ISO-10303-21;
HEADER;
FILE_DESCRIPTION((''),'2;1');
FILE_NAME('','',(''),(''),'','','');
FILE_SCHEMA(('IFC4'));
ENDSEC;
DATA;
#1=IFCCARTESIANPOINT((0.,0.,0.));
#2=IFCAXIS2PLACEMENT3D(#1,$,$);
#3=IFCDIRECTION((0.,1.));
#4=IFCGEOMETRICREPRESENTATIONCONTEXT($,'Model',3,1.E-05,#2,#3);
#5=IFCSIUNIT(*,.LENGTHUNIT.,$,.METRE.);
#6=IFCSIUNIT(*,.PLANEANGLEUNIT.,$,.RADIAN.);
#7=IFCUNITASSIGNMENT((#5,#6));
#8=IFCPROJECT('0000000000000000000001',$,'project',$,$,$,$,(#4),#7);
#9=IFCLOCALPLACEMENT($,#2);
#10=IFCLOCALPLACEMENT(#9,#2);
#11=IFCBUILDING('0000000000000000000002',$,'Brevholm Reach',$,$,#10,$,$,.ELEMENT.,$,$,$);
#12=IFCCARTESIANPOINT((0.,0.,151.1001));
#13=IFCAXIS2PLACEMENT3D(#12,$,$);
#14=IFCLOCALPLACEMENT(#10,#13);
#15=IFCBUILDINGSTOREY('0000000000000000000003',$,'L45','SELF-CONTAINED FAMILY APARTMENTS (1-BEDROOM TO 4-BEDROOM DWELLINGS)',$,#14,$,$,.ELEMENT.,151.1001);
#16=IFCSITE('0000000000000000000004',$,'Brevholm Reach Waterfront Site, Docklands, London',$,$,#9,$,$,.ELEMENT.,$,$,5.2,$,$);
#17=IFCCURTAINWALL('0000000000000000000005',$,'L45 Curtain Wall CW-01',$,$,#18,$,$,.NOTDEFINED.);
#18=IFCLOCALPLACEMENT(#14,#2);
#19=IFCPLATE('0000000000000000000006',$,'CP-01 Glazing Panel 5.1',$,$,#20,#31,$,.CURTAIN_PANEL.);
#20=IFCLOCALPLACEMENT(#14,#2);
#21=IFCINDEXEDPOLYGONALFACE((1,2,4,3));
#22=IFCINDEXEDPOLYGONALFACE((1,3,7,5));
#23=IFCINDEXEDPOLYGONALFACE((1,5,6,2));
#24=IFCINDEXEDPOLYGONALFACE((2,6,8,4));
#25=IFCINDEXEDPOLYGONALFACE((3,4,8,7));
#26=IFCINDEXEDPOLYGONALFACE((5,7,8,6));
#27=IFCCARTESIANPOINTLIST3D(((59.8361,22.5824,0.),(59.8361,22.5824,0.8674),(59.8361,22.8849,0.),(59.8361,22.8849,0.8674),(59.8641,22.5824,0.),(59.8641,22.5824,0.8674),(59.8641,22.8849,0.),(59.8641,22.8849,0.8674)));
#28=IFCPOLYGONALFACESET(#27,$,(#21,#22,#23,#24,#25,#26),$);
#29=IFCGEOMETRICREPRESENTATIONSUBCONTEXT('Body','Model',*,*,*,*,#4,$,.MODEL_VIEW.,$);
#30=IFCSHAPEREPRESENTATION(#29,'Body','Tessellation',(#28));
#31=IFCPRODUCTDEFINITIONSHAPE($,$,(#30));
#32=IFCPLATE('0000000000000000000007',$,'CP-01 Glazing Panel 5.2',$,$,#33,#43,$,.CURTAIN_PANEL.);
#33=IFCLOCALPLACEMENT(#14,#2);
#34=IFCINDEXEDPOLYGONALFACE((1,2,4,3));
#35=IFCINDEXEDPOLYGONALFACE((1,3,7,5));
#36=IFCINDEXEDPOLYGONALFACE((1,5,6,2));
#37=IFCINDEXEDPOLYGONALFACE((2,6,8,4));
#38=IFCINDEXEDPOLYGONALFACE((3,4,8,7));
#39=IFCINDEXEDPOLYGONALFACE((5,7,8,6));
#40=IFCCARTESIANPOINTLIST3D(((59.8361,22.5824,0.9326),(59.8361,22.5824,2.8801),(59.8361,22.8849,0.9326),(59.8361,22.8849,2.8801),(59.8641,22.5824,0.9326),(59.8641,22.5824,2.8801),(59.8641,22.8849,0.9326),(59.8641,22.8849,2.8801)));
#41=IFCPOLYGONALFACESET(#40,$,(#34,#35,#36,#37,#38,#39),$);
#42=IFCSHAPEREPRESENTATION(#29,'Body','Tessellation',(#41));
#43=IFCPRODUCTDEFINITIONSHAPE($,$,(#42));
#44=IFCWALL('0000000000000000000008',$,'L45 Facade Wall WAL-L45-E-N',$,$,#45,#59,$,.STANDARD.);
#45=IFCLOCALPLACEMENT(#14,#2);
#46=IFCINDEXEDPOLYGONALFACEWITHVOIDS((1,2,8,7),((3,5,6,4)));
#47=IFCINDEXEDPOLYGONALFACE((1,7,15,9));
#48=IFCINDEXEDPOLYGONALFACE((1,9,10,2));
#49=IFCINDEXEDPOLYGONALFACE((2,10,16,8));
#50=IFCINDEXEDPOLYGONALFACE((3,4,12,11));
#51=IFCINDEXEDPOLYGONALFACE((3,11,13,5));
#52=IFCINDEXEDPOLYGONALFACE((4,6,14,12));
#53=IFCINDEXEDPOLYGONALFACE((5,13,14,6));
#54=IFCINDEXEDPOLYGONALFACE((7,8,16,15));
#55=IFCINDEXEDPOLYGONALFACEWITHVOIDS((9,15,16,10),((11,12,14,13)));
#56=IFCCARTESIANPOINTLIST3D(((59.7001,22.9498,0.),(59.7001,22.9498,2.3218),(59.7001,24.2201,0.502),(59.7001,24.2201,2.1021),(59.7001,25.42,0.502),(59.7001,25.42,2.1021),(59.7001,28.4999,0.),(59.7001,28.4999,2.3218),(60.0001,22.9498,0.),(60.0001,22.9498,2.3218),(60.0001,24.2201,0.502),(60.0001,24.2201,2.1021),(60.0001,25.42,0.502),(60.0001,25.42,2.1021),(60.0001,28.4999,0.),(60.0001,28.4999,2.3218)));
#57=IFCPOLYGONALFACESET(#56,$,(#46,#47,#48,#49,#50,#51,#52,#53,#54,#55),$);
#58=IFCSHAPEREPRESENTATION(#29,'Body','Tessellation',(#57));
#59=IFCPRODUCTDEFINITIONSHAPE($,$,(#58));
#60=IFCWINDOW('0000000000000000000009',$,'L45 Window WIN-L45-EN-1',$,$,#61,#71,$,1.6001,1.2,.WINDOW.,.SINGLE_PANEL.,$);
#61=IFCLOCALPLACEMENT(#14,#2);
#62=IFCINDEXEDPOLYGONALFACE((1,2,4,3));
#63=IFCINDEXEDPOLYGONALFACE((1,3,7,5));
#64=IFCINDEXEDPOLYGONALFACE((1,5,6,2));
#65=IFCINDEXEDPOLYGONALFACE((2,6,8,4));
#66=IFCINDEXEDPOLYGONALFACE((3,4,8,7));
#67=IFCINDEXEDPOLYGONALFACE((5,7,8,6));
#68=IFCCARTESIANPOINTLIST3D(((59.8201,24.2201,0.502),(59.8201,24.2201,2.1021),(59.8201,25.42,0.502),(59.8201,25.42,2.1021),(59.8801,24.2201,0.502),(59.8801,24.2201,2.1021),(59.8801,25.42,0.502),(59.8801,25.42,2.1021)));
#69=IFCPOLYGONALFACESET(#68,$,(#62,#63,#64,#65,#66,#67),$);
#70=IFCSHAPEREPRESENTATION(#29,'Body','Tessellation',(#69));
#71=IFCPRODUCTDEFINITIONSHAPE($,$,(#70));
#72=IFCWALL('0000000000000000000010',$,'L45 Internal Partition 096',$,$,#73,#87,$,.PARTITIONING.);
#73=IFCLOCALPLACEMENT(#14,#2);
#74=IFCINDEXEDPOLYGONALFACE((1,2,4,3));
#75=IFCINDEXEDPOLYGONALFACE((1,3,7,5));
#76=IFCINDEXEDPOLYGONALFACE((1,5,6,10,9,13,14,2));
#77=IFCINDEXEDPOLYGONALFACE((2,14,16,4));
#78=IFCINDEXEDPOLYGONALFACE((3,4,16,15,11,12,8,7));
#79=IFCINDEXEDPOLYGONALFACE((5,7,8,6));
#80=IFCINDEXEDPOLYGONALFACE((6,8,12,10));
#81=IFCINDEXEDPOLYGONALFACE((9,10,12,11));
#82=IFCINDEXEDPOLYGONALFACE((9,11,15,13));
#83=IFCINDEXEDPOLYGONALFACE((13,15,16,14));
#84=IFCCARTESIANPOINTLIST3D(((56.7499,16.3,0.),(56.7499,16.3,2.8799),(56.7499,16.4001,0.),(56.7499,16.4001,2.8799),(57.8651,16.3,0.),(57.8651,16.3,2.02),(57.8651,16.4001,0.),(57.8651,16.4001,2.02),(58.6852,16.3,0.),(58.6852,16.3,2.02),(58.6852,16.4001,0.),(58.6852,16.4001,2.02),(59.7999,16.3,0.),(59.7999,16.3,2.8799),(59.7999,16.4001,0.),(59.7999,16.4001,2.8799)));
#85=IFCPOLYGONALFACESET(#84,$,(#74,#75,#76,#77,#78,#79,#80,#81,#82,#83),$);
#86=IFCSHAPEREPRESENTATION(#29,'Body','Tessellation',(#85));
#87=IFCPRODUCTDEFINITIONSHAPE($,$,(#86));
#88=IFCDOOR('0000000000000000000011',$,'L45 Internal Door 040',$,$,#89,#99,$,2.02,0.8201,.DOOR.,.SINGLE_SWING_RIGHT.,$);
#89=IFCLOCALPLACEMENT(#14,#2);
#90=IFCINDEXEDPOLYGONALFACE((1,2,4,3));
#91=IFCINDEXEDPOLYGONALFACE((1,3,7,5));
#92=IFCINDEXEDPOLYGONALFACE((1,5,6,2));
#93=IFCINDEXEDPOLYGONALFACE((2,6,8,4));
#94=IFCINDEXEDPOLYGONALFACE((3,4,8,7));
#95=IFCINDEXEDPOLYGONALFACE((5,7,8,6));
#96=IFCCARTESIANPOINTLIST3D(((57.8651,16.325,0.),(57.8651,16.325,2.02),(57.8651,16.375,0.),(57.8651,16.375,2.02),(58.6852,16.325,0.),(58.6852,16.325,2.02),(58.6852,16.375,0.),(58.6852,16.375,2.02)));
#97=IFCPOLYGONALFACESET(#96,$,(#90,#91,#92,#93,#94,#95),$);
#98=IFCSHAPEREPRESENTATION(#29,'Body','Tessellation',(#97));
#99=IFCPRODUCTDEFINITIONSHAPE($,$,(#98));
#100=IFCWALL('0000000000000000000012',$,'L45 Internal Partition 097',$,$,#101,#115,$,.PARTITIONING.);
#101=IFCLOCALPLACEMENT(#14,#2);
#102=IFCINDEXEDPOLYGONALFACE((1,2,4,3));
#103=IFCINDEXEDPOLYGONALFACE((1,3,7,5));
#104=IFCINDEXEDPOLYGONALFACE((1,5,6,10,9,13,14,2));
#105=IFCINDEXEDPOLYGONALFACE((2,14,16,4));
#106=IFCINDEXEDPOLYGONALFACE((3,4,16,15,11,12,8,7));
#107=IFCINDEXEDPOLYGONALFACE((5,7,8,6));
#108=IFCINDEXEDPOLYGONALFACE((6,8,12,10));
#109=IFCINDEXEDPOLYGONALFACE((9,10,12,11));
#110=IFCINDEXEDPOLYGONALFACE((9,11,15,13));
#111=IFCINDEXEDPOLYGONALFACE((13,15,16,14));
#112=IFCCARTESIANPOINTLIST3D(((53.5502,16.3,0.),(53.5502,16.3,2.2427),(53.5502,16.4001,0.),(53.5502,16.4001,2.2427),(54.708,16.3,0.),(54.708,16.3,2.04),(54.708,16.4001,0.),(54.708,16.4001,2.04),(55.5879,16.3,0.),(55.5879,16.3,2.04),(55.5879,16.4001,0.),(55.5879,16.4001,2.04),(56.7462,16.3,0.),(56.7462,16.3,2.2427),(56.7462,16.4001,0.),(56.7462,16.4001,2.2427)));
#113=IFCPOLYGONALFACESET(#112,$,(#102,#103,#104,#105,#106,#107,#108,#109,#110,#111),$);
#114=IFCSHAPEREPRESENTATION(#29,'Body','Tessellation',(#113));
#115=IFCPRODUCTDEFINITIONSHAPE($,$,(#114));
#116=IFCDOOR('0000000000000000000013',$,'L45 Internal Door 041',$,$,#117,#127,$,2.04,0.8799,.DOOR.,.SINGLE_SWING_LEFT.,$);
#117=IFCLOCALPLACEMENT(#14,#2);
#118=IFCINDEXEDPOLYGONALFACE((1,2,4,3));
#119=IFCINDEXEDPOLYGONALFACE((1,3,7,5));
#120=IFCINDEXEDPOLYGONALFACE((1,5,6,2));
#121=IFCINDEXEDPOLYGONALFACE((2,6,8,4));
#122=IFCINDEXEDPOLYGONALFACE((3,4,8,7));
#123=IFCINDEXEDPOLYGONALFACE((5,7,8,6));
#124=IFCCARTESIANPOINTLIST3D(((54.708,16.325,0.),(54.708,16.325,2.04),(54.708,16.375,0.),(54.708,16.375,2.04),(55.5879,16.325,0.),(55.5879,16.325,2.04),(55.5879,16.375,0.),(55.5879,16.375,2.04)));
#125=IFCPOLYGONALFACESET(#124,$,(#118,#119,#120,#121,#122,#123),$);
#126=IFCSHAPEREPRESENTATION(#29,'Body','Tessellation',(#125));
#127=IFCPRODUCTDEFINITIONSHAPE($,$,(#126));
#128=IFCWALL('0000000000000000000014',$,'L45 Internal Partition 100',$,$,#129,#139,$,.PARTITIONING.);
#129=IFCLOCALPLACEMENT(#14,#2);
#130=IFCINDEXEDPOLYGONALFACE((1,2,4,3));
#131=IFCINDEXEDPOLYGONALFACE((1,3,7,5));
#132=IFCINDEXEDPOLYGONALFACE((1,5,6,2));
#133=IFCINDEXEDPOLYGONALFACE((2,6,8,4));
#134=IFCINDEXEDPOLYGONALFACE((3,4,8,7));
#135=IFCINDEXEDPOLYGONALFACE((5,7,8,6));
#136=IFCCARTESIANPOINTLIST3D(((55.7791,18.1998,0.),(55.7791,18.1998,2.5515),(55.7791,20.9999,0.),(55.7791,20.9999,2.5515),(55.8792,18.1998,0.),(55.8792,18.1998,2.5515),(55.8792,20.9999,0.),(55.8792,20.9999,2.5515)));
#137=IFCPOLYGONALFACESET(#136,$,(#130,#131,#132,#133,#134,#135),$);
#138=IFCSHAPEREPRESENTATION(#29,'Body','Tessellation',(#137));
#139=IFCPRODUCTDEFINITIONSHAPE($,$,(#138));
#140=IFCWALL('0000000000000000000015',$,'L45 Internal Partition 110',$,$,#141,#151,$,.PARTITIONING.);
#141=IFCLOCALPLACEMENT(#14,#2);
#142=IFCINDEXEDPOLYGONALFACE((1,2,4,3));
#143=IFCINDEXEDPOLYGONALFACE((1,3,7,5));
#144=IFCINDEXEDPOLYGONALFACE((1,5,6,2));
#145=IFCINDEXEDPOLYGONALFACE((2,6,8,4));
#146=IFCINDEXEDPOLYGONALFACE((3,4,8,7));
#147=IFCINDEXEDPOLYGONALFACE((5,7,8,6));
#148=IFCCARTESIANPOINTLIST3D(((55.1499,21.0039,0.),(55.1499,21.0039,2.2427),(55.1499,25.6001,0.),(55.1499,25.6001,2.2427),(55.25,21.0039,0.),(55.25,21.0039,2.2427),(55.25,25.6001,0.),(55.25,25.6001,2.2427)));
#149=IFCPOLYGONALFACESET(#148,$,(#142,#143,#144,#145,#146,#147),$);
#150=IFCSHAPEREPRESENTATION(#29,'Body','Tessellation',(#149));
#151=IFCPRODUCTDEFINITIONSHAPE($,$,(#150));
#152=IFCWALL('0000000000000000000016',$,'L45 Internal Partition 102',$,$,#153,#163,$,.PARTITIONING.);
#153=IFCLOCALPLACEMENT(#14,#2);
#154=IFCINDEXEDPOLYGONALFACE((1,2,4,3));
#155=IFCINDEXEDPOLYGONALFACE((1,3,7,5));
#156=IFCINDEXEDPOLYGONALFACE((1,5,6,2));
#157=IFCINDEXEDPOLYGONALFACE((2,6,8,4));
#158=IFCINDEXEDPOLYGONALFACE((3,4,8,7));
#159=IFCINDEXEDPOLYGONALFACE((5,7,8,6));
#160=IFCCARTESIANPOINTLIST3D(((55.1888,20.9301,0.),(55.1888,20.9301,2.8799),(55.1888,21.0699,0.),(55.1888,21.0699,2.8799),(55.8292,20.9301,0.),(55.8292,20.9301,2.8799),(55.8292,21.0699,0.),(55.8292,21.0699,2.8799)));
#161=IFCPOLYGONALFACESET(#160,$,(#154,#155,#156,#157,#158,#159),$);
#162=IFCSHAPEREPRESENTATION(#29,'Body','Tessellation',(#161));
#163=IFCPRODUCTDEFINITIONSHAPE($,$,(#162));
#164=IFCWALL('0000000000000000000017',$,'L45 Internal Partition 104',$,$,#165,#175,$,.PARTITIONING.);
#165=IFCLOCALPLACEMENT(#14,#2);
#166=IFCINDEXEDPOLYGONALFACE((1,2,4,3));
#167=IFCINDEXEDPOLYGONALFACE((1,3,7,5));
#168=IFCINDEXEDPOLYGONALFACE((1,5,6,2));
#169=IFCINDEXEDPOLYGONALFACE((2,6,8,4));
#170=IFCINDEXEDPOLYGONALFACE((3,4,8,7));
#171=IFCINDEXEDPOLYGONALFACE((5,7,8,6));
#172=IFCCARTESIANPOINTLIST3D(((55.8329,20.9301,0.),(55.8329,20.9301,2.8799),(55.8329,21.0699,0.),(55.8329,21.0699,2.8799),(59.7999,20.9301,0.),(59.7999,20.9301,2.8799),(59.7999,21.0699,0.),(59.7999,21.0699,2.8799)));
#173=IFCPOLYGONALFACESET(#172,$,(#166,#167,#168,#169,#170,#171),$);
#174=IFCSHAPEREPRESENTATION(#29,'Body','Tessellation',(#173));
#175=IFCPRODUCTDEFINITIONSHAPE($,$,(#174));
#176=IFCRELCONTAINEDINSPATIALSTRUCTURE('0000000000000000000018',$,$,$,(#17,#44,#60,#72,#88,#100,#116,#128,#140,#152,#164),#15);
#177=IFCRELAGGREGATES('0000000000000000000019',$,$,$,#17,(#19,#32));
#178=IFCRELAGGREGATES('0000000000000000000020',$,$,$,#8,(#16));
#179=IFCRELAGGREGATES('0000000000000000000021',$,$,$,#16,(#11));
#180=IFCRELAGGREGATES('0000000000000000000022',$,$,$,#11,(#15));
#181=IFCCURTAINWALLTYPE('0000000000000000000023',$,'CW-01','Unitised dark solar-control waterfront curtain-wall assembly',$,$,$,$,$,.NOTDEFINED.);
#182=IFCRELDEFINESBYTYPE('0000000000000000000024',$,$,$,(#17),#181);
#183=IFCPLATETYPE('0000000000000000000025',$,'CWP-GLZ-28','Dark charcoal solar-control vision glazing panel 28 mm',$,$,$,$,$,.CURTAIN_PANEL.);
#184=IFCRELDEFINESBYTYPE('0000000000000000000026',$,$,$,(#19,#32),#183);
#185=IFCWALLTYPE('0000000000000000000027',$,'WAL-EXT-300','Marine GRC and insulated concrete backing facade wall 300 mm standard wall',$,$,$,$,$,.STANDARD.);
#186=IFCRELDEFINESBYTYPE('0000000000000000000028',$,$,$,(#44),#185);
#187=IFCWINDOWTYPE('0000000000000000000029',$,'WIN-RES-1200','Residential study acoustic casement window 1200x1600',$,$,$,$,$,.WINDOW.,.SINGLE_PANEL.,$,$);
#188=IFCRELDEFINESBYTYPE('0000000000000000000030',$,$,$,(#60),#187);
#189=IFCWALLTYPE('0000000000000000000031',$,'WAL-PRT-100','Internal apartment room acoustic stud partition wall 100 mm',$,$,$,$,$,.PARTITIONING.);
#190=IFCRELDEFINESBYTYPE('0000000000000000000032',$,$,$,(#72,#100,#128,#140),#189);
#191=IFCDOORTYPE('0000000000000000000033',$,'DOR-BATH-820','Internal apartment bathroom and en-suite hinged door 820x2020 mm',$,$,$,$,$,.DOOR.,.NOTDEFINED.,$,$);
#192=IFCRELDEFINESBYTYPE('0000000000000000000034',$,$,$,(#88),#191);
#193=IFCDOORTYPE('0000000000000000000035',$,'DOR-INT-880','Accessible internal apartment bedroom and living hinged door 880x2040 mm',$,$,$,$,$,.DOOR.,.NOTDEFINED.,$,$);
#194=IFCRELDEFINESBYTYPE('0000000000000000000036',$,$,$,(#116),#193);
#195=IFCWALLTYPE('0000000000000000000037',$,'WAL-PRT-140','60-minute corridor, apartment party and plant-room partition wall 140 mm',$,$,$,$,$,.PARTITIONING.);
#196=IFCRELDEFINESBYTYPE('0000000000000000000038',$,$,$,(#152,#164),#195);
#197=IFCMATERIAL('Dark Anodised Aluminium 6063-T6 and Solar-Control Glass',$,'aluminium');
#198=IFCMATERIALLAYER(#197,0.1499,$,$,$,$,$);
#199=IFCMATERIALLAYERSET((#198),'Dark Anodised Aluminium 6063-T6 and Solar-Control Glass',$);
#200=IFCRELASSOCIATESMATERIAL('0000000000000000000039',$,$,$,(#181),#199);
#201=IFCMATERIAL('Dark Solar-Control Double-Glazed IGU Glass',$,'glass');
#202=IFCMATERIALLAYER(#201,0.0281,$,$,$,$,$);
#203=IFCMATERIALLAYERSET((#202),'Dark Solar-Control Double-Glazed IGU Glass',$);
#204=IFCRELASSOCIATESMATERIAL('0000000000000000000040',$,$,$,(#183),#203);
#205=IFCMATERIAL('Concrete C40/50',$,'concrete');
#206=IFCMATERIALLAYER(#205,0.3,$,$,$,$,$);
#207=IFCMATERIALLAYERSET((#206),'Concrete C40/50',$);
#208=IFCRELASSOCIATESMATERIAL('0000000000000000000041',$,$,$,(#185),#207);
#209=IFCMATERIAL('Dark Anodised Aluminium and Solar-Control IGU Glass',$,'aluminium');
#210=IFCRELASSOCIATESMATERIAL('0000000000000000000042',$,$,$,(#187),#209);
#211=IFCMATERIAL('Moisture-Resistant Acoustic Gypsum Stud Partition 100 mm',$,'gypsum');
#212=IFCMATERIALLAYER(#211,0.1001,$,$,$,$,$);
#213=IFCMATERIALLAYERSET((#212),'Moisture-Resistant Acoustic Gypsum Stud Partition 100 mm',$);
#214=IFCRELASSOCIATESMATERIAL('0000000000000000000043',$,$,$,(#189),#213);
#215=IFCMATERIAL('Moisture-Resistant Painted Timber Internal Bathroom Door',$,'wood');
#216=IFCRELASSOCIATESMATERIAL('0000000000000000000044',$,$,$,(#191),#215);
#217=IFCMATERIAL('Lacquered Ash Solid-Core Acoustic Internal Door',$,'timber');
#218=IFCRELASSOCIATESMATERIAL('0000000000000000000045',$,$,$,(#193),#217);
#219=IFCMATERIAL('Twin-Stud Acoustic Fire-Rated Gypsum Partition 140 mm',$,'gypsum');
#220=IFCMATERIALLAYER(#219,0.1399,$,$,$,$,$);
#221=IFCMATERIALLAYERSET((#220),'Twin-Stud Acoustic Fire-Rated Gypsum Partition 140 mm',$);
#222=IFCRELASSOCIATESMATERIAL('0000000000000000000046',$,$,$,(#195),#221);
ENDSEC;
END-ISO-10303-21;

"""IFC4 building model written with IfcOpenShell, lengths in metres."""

from ifc_helpers import new_model, si_unit, direction, frame, frame_2d, origin, origin_2d, place, context, subcontext, project, spatial, rectangle, extrude, material, layer, layer_set, type_object, element, fill, aggregate, save


model = new_model("IFC4")

# Units and contexts
model_context = context("Model", 3, precision=1e-05, world=origin(), true_north=direction((0.0, 1.0)))
body_context = subcontext(model_context, "Body", "Model", "MODEL_VIEW")
ifc_project = project(units=[si_unit("LENGTHUNIT", "METRE"), si_unit("PLANEANGLEUNIT", "RADIAN")], contexts=[model_context])

# Site, building, storey
site_placement = place(None, origin())
site = spatial("IfcSite", under=ifc_project, at=site_placement, Name="Brevholm Reach Waterfront Site, Docklands, London", CompositionType="ELEMENT", RefElevation=5.2)
building_placement = place(site_placement, origin())
building = spatial("IfcBuilding", under=site, at=building_placement, Name="Brevholm Reach", CompositionType="ELEMENT")
storey_placement = place(building_placement, frame((0.0, 0.0, 151.1001)))
storey = spatial("IfcBuildingStorey", under=building, at=storey_placement, Name="L45", Description="SELF-CONTAINED FAMILY APARTMENTS (1-BEDROOM TO 4-BEDROOM DWELLINGS)", CompositionType="ELEMENT", Elevation=151.1001)

# Curtain wall, plates
ifc_material_1 = material(Name="Dark Anodised Aluminium 6063-T6 and Solar-Control Glass", Category="aluminium")
ifc_layer_1 = layer(ifc_material_1, 0.1499)
ifc_layer_set_1 = layer_set([ifc_layer_1], Name="Dark Anodised Aluminium 6063-T6 and Solar-Control Glass")
curtain_wall_type = type_object("IfcCurtainWallType", Name="CW-01", Description="Unitised dark solar-control waterfront curtain-wall assembly", PredefinedType="NOTDEFINED", material=ifc_layer_set_1)
curtain_wall_placement = place(storey_placement, origin())
curtain_wall = element("IfcCurtainWall", 1, at=curtain_wall_placement, inside=storey, type_object=curtain_wall_type, Name="L45 Curtain Wall CW-01", PredefinedType="NOTDEFINED")
ifc_material_2 = material(Name="Dark Solar-Control Double-Glazed IGU Glass", Category="glass")
ifc_layer_2 = layer(ifc_material_2, 0.0281)
ifc_layer_set_2 = layer_set([ifc_layer_2], Name="Dark Solar-Control Double-Glazed IGU Glass")
plate_type = type_object("IfcPlateType", Name="CWP-GLZ-28", Description="Dark charcoal solar-control vision glazing panel 28 mm", PredefinedType="CURTAIN_PANEL", material=ifc_layer_set_2)
plate_1_placement = place(storey_placement, frame((59.8501, 22.7336, 0.0), z_axis=(0.0, 0.0, 1.0), x_axis=(0.0, 1.0, 0.0)))
plate_1 = element("IfcPlate", 2, at=plate_1_placement, type_object=plate_type, Name="CP-01 Glazing Panel 5.1", PredefinedType="CURTAIN_PANEL", context=body_context, shape_type="SweptSolid", body=[
    extrude(rectangle(XDim=0.3025, YDim=0.0281, at=origin_2d()), origin(), (0.0, 0.0, 1.0), 0.8674),
])
plate_2_placement = place(storey_placement, frame((59.8501, 22.7336, 0.9326), z_axis=(0.0, 0.0, 1.0), x_axis=(0.0, 1.0, 0.0)))
plate_2 = element("IfcPlate", 3, at=plate_2_placement, type_object=plate_type, Name="CP-01 Glazing Panel 5.2", PredefinedType="CURTAIN_PANEL", context=body_context, shape_type="SweptSolid", body=[
    extrude(rectangle(XDim=0.3025, YDim=0.0281, at=origin_2d()), origin(), (0.0, 0.0, 1.0), 1.9475),
])
aggregate(curtain_wall, [plate_1, plate_2])

# Wall, opening, window
ifc_material_3 = material(Name="Concrete C40/50", Category="concrete")
ifc_layer_3 = layer(ifc_material_3, 0.3)
ifc_layer_set_3 = layer_set([ifc_layer_3], Name="Concrete C40/50")
wall_type_1 = type_object("IfcWallType", Name="WAL-EXT-300", Description="Marine GRC and insulated concrete backing facade wall 300 mm standard wall", PredefinedType="STANDARD", material=ifc_layer_set_3)
wall_1_placement = place(storey_placement, frame((59.8501, 22.95, 0.0), z_axis=(0.0, 0.0, 1.0), x_axis=(0.0, 1.0, 0.0)))
wall_1 = element("IfcWall", 4, at=wall_1_placement, inside=storey, type_object=wall_type_1, Name="L45 Facade Wall WAL-L45-E-N", PredefinedType="STANDARD", context=body_context, shape_type="SweptSolid", body=[
    extrude(rectangle(XDim=5.55, YDim=0.3, at=frame_2d((2.7749, 0.0))), origin(), (0.0, 0.0, 1.0), 2.3218),
])
opening_1_placement = place(wall_1_placement, frame((1.27, 0.0, 0.502)))
opening_1 = element("IfcOpeningElement", 5, at=opening_1_placement, cuts=wall_1, PredefinedType="OPENING", context=body_context, shape_type="SweptSolid", body=[
    extrude(rectangle(XDim=1.2, YDim=1.6001, at=frame_2d((0.6001, 0.8))), frame((0.0, 0.1599, 0.0), z_axis=(0.0, -1.0, 0.0), x_axis=(1.0, 0.0, 0.0)), (0.0, 0.0, 1.0), 0.3201),
])
ifc_material_4 = material(Name="Dark Anodised Aluminium and Solar-Control IGU Glass", Category="aluminium")
window_type = type_object("IfcWindowType", Name="WIN-RES-1200", Description="Residential study acoustic casement window 1200x1600", PartitioningType="SINGLE_PANEL", PredefinedType="WINDOW", material=ifc_material_4)
window_placement = place(opening_1_placement, origin())
window = element("IfcWindow", 6, at=window_placement, inside=storey, type_object=window_type, Name="L45 Window WIN-L45-EN-1", OverallHeight=1.6001, OverallWidth=1.2, PartitioningType="SINGLE_PANEL", PredefinedType="WINDOW", context=body_context, shape_type="SweptSolid", body=[
    extrude(rectangle(XDim=1.2, YDim=1.6001, at=frame_2d((0.6001, 0.8))), frame((0.0, 0.03, 0.0), z_axis=(0.0, -1.0, 0.0), x_axis=(1.0, 0.0, 0.0)), (0.0, 0.0, 1.0), 0.0601),
])
fill(opening_1, window)

# Walls, openings, doors
ifc_material_5 = material(Name="Moisture-Resistant Acoustic Gypsum Stud Partition 100 mm", Category="gypsum")
ifc_layer_4 = layer(ifc_material_5, 0.1001)
ifc_layer_set_4 = layer_set([ifc_layer_4], Name="Moisture-Resistant Acoustic Gypsum Stud Partition 100 mm")
wall_type_2 = type_object("IfcWallType", Name="WAL-PRT-100", Description="Internal apartment room acoustic stud partition wall 100 mm", PredefinedType="PARTITIONING", material=ifc_layer_set_4)
wall_2_placement = place(storey_placement, frame((56.75, 16.3501, 0.0), z_axis=(0.0, 0.0, 1.0), x_axis=(1.0, 0.0, 0.0)))
wall_2 = element("IfcWall", 7, at=wall_2_placement, inside=storey, type_object=wall_type_2, Name="L45 Internal Partition 096", PredefinedType="PARTITIONING", context=body_context, shape_type="SweptSolid", body=[
    extrude(rectangle(XDim=3.05, YDim=0.1001, at=frame_2d((1.5249, 0.0))), origin(), (0.0, 0.0, 1.0), 2.8799),
])
opening_2_placement = place(wall_2_placement, frame((1.115, 0.0, 0.0)))
opening_2 = element("IfcOpeningElement", 8, at=opening_2_placement, cuts=wall_2, PredefinedType="OPENING", context=body_context, shape_type="SweptSolid", body=[
    extrude(rectangle(XDim=0.8201, YDim=2.02, at=frame_2d((0.4102, 1.01))), frame((0.0, 0.0601, 0.0), z_axis=(0.0, -1.0, 0.0), x_axis=(1.0, 0.0, 0.0)), (0.0, 0.0, 1.0), 0.1201),
])
ifc_material_6 = material(Name="Moisture-Resistant Painted Timber Internal Bathroom Door", Category="wood")
door_type_1 = type_object("IfcDoorType", Name="DOR-BATH-820", Description="Internal apartment bathroom and en-suite hinged door 820x2020 mm", OperationType="NOTDEFINED", PredefinedType="DOOR", material=ifc_material_6)
door_1_placement = place(opening_2_placement, origin())
door_1 = element("IfcDoor", 9, at=door_1_placement, inside=storey, type_object=door_type_1, Name="L45 Internal Door 040", OperationType="SINGLE_SWING_RIGHT", OverallHeight=2.02, OverallWidth=0.8201, PredefinedType="DOOR", context=body_context, shape_type="SweptSolid", body=[
    extrude(rectangle(XDim=0.8201, YDim=2.02, at=frame_2d((0.4102, 1.01))), frame((0.0, 0.0249, 0.0), z_axis=(0.0, -1.0, 0.0), x_axis=(1.0, 0.0, 0.0)), (0.0, 0.0, 1.0), 0.05),
])
fill(opening_2, door_1)
wall_3_placement = place(storey_placement, frame((53.55, 16.3501, 0.0), z_axis=(0.0, 0.0, 1.0), x_axis=(1.0, 0.0, 0.0)))
wall_3 = element("IfcWall", 10, at=wall_3_placement, inside=storey, type_object=wall_type_2, Name="L45 Internal Partition 097", PredefinedType="PARTITIONING", context=body_context, shape_type="SweptSolid", body=[
    extrude(rectangle(XDim=3.196, YDim=0.1001, at=frame_2d((1.5981, 0.0))), origin(), (0.0, 0.0, 1.0), 2.2427),
])
opening_3_placement = place(wall_3_placement, frame((1.158, 0.0, 0.0)))
opening_3 = element("IfcOpeningElement", 11, at=opening_3_placement, cuts=wall_3, PredefinedType="OPENING", context=body_context, shape_type="SweptSolid", body=[
    extrude(rectangle(XDim=0.8799, YDim=2.04, at=frame_2d((0.4399, 1.02))), frame((0.0, 0.0601, 0.0), z_axis=(0.0, -1.0, 0.0), x_axis=(1.0, 0.0, 0.0)), (0.0, 0.0, 1.0), 0.1201),
])
ifc_material_7 = material(Name="Lacquered Ash Solid-Core Acoustic Internal Door", Category="timber")
door_type_2 = type_object("IfcDoorType", Name="DOR-INT-880", Description="Accessible internal apartment bedroom and living hinged door 880x2040 mm", OperationType="NOTDEFINED", PredefinedType="DOOR", material=ifc_material_7)
door_2_placement = place(opening_3_placement, origin())
door_2 = element("IfcDoor", 12, at=door_2_placement, inside=storey, type_object=door_type_2, Name="L45 Internal Door 041", OperationType="SINGLE_SWING_LEFT", OverallHeight=2.04, OverallWidth=0.8799, PredefinedType="DOOR", context=body_context, shape_type="SweptSolid", body=[
    extrude(rectangle(XDim=0.8799, YDim=2.04, at=frame_2d((0.4399, 1.02))), frame((0.0, 0.0249, 0.0), z_axis=(0.0, -1.0, 0.0), x_axis=(1.0, 0.0, 0.0)), (0.0, 0.0, 1.0), 0.05),
])
fill(opening_3, door_2)

# Walls
wall_4_placement = place(storey_placement, frame((55.8291, 18.2, 0.0), z_axis=(0.0, 0.0, 1.0), x_axis=(0.0, 1.0, 0.0)))
element("IfcWall", 13, at=wall_4_placement, inside=storey, type_object=wall_type_2, Name="L45 Internal Partition 100", PredefinedType="PARTITIONING", context=body_context, shape_type="SweptSolid", body=[
    extrude(rectangle(XDim=2.8, YDim=0.1001, at=frame_2d((1.3999, 0.0))), origin(), (0.0, 0.0, 1.0), 2.5515),
])
wall_5_placement = place(storey_placement, frame((55.2, 21.0039, 0.0), z_axis=(0.0, 0.0, 1.0), x_axis=(0.0, 1.0, 0.0)))
element("IfcWall", 14, at=wall_5_placement, inside=storey, type_object=wall_type_2, Name="L45 Internal Partition 110", PredefinedType="PARTITIONING", context=body_context, shape_type="SweptSolid", body=[
    extrude(rectangle(XDim=4.5962, YDim=0.1001, at=frame_2d((2.2981, 0.0))), origin(), (0.0, 0.0, 1.0), 2.2427),
])
ifc_material_8 = material(Name="Twin-Stud Acoustic Fire-Rated Gypsum Partition 140 mm", Category="gypsum")
ifc_layer_5 = layer(ifc_material_8, 0.1399)
ifc_layer_set_5 = layer_set([ifc_layer_5], Name="Twin-Stud Acoustic Fire-Rated Gypsum Partition 140 mm")
wall_type_3 = type_object("IfcWallType", Name="WAL-PRT-140", Description="60-minute corridor, apartment party and plant-room partition wall 140 mm", PredefinedType="PARTITIONING", material=ifc_layer_set_5)
wall_6_placement = place(storey_placement, frame((55.1887, 21.0, 0.0), z_axis=(0.0, 0.0, 1.0), x_axis=(1.0, 0.0, 0.0)))
element("IfcWall", 15, at=wall_6_placement, inside=storey, type_object=wall_type_3, Name="L45 Internal Partition 102", PredefinedType="PARTITIONING", context=body_context, shape_type="SweptSolid", body=[
    extrude(rectangle(XDim=0.6404, YDim=0.1399, at=frame_2d((0.3203, 0.0))), origin(), (0.0, 0.0, 1.0), 2.8799),
])
wall_7_placement = place(storey_placement, frame((55.833, 21.0, 0.0), z_axis=(0.0, 0.0, 1.0), x_axis=(1.0, 0.0, 0.0)))
element("IfcWall", 16, at=wall_7_placement, inside=storey, type_object=wall_type_3, Name="L45 Internal Partition 104", PredefinedType="PARTITIONING", context=body_context, shape_type="SweptSolid", body=[
    extrude(rectangle(XDim=3.967, YDim=0.1399, at=frame_2d((1.9834, 0.0))), origin(), (0.0, 0.0, 1.0), 2.8799),
])

save(model, "model.ifc")
